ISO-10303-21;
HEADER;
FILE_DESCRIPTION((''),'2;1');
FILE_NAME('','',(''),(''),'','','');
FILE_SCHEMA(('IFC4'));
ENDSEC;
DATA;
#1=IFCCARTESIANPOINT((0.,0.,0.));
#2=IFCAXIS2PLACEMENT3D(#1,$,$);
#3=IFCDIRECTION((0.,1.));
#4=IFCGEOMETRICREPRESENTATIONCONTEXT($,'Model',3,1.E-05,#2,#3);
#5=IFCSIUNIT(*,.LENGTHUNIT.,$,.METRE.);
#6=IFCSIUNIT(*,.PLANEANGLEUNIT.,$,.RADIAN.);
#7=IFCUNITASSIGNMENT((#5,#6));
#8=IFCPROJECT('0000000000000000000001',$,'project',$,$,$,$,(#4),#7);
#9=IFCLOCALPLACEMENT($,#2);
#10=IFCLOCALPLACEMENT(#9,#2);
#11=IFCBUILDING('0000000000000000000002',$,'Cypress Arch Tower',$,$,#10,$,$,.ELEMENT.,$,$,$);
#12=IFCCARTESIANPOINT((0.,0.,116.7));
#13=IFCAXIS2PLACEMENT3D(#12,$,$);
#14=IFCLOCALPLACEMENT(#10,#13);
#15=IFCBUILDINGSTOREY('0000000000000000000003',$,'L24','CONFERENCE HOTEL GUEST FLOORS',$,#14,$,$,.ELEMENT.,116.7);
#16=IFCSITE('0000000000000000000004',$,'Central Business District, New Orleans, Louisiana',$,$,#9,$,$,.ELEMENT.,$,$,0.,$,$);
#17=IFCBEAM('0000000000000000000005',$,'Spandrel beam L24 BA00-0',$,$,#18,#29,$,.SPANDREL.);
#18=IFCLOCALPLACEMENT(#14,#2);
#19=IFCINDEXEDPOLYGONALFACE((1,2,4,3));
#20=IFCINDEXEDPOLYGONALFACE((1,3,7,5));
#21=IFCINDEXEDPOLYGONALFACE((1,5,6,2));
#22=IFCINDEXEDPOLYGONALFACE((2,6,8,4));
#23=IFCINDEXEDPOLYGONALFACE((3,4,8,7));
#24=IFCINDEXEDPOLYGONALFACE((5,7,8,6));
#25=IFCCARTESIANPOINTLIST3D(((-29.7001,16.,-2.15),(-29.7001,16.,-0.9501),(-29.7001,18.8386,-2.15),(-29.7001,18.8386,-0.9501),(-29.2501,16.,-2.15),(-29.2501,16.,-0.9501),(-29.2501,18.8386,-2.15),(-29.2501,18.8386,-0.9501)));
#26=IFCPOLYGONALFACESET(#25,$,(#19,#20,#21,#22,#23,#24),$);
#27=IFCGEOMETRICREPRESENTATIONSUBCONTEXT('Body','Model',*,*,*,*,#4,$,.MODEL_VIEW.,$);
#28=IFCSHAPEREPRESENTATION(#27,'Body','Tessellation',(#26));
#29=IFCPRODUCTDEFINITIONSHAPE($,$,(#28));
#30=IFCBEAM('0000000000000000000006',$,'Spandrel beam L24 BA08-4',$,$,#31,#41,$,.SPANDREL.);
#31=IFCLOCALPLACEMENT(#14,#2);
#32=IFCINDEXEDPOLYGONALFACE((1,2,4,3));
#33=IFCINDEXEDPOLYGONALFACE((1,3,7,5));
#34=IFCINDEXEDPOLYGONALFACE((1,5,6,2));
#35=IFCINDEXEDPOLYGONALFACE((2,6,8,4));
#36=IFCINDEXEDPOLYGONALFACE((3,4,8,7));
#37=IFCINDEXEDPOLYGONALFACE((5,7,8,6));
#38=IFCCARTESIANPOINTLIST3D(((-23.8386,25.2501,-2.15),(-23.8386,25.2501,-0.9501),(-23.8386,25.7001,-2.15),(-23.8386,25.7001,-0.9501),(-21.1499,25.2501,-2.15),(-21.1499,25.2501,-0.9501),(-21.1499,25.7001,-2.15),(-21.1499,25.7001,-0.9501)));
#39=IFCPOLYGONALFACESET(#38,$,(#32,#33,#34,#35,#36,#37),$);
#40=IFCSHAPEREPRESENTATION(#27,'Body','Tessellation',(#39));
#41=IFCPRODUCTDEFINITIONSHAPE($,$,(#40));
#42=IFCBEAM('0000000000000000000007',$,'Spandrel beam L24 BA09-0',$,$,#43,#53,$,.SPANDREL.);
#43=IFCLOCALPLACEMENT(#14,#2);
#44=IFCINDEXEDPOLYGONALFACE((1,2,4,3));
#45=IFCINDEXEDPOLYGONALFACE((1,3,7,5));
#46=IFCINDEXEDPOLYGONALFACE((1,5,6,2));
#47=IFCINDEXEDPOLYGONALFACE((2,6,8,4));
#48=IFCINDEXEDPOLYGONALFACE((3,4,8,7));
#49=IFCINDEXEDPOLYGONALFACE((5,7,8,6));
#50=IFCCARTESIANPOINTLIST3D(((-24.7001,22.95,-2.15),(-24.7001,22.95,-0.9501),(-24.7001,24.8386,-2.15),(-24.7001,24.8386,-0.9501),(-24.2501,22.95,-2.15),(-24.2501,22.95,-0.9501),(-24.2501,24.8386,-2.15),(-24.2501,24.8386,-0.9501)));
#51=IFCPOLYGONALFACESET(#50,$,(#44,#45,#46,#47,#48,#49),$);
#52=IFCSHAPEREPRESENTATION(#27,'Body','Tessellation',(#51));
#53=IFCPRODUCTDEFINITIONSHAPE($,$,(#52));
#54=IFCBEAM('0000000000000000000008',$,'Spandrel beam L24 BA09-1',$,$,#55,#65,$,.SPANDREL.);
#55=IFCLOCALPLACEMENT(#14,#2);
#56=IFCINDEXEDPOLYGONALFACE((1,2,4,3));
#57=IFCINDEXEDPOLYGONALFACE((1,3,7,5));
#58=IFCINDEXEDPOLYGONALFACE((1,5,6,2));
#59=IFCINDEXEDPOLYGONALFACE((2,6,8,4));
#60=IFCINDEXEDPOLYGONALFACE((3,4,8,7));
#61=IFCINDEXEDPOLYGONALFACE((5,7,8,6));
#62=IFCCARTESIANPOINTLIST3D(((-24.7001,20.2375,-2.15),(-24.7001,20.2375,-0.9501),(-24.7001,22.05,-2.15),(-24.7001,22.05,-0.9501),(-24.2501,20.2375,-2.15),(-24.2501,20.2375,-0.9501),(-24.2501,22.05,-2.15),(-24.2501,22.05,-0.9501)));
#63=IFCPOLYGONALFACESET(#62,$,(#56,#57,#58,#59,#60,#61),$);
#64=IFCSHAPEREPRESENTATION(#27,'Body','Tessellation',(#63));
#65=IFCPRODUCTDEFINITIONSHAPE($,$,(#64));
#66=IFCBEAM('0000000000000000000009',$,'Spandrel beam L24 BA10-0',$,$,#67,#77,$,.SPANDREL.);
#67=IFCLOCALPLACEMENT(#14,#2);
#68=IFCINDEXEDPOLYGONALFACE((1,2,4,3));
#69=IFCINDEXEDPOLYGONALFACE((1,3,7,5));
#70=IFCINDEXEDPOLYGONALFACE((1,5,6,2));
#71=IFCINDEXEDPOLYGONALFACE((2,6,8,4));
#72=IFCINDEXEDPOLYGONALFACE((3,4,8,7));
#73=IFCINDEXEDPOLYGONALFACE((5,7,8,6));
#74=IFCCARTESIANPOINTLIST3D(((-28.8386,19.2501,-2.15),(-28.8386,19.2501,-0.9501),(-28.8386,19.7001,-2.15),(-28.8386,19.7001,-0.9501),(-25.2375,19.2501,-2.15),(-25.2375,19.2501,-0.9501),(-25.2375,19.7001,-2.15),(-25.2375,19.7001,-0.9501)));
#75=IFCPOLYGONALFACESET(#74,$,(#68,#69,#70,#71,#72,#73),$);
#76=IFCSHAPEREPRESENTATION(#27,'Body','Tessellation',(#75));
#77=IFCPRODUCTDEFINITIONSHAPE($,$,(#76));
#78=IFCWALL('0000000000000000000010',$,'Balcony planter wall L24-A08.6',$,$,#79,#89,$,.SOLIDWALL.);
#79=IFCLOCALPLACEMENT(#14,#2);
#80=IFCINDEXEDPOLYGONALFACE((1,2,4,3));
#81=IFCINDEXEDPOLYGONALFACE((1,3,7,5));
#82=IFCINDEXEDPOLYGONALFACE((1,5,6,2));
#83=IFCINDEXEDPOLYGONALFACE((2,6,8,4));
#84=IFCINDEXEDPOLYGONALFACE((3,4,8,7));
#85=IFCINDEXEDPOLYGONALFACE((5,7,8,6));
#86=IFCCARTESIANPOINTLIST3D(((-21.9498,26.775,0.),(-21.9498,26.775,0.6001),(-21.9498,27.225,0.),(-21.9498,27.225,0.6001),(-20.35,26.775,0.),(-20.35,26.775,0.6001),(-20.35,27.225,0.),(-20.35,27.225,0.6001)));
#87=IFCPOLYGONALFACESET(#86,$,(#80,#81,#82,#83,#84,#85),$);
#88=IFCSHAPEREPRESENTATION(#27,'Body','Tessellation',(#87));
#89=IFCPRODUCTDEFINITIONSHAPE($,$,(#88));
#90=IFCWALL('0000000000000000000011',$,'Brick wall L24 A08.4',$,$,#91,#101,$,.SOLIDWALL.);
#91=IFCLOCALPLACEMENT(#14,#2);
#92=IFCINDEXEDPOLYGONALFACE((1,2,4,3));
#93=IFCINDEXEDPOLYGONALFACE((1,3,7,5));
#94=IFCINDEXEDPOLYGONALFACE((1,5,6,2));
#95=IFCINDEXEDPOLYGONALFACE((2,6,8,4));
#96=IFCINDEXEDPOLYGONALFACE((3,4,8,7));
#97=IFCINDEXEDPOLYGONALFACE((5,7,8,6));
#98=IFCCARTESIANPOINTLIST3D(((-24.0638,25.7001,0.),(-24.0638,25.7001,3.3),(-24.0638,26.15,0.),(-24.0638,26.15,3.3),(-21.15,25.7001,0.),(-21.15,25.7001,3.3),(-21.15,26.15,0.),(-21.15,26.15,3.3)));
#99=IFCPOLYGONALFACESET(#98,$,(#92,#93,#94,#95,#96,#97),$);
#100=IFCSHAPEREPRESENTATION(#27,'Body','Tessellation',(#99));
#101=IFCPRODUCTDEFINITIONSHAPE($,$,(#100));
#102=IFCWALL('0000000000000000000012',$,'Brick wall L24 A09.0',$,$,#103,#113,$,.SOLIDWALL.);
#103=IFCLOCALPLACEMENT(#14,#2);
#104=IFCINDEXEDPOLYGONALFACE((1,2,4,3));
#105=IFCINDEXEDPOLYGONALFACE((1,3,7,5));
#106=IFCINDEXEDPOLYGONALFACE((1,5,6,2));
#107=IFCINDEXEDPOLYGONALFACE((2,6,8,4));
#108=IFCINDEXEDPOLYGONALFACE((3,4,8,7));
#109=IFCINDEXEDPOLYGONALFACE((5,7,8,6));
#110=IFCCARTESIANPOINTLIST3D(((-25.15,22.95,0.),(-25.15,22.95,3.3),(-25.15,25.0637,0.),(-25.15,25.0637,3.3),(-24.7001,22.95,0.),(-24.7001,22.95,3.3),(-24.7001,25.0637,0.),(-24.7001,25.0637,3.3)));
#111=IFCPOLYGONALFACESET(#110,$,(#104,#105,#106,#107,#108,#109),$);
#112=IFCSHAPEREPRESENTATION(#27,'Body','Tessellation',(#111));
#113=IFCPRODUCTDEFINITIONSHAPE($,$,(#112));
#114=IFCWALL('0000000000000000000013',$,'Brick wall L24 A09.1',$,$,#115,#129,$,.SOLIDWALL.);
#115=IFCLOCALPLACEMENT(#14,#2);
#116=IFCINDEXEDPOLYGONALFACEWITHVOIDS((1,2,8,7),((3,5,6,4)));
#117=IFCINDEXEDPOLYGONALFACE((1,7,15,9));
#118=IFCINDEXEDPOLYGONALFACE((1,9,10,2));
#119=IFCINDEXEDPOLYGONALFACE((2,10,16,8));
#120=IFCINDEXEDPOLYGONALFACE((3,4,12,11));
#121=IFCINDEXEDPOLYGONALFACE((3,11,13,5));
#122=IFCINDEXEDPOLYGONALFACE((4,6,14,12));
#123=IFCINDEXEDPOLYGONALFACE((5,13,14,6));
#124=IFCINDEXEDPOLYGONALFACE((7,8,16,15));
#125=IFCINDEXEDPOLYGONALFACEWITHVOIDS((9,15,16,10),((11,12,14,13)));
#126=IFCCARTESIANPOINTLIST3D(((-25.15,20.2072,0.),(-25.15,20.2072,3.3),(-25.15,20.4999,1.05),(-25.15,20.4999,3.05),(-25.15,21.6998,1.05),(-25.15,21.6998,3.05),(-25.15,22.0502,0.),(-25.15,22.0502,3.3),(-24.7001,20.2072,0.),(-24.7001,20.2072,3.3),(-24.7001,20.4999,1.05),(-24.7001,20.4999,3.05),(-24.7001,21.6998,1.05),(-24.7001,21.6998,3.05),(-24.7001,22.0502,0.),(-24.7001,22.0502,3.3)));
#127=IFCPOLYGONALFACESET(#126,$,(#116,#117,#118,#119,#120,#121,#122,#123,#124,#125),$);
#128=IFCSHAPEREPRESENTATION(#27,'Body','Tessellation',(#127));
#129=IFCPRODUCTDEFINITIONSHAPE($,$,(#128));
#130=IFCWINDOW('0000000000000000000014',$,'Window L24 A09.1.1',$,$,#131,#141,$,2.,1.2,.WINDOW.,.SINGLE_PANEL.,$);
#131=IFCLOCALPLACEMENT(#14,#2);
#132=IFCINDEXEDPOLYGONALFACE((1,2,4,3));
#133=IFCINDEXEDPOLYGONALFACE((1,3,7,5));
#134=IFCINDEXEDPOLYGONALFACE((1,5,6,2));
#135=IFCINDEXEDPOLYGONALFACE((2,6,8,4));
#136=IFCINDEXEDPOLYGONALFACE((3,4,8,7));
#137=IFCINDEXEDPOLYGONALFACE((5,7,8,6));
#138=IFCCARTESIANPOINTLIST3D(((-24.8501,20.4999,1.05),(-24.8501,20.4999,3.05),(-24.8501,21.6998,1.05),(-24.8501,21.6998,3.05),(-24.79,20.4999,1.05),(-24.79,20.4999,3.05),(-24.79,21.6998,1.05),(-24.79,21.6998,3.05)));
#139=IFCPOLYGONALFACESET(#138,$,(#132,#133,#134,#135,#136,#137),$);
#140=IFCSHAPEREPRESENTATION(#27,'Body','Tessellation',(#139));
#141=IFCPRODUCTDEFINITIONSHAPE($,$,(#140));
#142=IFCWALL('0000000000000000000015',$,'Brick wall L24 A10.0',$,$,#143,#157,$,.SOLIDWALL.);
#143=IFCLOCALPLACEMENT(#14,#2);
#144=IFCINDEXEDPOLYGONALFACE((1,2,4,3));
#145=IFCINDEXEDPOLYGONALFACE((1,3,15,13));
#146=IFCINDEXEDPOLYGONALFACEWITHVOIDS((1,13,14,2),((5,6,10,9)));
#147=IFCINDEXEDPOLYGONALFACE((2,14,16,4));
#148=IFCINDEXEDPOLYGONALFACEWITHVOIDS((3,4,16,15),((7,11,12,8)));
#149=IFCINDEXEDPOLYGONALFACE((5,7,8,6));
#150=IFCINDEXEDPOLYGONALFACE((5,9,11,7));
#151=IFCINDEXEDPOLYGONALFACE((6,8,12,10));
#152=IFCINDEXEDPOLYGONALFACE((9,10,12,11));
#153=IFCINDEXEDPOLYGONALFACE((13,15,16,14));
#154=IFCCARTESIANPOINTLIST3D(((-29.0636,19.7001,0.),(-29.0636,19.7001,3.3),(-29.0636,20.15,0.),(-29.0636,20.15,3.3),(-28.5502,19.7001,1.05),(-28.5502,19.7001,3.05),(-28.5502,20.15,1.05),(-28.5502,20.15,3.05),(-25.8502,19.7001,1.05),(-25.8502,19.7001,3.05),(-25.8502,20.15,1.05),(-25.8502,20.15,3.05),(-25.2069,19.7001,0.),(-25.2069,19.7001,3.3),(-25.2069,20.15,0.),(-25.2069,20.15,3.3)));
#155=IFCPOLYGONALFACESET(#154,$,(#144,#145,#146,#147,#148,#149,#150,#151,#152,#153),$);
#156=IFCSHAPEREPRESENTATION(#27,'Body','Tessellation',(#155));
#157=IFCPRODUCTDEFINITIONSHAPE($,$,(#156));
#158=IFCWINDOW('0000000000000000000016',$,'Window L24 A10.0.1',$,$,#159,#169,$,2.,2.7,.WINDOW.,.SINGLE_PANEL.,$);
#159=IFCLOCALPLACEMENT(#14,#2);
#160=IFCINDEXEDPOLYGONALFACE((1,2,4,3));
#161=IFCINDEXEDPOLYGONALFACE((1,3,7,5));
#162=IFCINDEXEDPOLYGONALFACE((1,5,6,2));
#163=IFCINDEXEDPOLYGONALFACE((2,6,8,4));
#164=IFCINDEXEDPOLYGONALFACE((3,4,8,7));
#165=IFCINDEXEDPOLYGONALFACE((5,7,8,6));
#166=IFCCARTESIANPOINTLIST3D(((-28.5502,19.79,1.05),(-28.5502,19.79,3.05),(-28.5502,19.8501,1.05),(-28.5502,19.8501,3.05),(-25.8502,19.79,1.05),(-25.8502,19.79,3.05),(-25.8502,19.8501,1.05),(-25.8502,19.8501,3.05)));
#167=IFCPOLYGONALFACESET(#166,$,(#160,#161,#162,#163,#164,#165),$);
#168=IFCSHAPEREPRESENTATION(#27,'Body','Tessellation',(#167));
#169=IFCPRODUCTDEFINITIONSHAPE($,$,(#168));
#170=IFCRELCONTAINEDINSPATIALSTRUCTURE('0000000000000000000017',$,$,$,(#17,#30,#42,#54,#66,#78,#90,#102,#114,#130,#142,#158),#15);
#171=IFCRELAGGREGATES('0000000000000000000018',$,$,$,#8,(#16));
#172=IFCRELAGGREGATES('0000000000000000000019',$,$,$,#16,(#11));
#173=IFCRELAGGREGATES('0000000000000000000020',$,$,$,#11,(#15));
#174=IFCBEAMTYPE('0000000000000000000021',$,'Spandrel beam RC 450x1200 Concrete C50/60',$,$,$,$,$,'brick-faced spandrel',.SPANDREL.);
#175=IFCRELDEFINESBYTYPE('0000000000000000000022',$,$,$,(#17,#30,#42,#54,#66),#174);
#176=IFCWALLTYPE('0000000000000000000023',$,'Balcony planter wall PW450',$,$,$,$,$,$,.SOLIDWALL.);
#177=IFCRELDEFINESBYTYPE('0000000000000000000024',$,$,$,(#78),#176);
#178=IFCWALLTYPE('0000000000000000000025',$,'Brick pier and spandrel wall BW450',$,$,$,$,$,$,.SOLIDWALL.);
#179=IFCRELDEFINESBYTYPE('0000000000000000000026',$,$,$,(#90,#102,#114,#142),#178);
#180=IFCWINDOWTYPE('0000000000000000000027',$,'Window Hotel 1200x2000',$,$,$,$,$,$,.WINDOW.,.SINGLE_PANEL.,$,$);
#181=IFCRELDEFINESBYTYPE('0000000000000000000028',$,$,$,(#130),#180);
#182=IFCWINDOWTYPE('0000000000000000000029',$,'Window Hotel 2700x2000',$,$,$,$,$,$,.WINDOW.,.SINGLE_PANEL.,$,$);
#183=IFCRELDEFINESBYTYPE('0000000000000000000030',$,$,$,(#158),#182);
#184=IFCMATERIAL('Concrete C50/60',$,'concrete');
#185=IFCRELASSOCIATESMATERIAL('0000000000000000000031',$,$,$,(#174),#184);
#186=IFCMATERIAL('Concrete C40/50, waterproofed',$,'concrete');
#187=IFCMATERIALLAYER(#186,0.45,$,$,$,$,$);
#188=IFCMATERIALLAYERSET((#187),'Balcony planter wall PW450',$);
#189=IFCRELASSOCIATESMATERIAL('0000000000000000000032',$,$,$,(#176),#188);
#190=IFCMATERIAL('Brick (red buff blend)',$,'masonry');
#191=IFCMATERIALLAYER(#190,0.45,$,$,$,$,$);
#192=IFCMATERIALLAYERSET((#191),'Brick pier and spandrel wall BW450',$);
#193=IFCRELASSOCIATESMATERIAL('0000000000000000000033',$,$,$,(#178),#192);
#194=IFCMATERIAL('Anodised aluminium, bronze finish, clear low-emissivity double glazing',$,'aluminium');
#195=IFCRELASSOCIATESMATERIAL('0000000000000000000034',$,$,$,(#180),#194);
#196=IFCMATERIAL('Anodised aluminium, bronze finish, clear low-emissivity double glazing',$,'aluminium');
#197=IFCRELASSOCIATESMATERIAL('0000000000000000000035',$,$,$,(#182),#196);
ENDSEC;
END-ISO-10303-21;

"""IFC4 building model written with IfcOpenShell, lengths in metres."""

from ifc_helpers import new_model, si_unit, direction, frame, frame_2d, origin, origin_2d, place, context, subcontext, project, spatial, rectangle, extrude, material, layer, layer_set, material_profile, profile_set, type_object, element, fill, save


model = new_model("IFC4")

# Units and contexts
model_context = context("Model", 3, precision=1e-05, world=origin(), true_north=direction((0.0, 1.0)))
body_context = subcontext(model_context, "Body", "Model", "MODEL_VIEW")
ifc_project = project(units=[si_unit("LENGTHUNIT", "METRE"), si_unit("PLANEANGLEUNIT", "RADIAN")], contexts=[model_context])

# Site, building, storey
site_placement = place(None, origin())
site = spatial("IfcSite", under=ifc_project, at=site_placement, Name="Central Business District, New Orleans, Louisiana", CompositionType="ELEMENT", RefElevation=0.0)
building_placement = place(site_placement, origin())
building = spatial("IfcBuilding", under=site, at=building_placement, Name="Cypress Arch Tower", CompositionType="ELEMENT")
storey_placement = place(building_placement, frame((0.0, 0.0, 116.7)))
storey = spatial("IfcBuildingStorey", under=building, at=storey_placement, Name="L24", Description="CONFERENCE HOTEL GUEST FLOORS", CompositionType="ELEMENT", Elevation=116.7)

# Beams
ifc_material_1 = material(Name="Concrete C50/60", Category="concrete")
ifc_material_profile_1 = material_profile(ifc_material_1, rectangle(XDim=0.45, YDim=1.2, at=origin_2d()), Name="RC 450x1200")
ifc_profile_set_1 = profile_set([ifc_material_profile_1], Name="Concrete C50/60")
beam_type_1 = type_object("IfcBeamType", Name="Spandrel beam RC 450x1200 Concrete C50/60", ElementType="brick-faced spandrel", PredefinedType="SPANDREL", material=ifc_profile_set_1)
beam_1_placement = place(storey_placement, frame((-29.4751, 18.8386, -1.55), z_axis=(0.0, -1.0, 0.0), x_axis=(1.0, 0.0, 0.0)))
element("IfcBeam", 1, at=beam_1_placement, inside=storey, type_object=beam_type_1, Name="Spandrel beam L24 BA00-0", PredefinedType="SPANDREL", context=body_context, shape_type="SweptSolid", body=[
    extrude(rectangle(XDim=0.45, YDim=1.2, at=origin_2d()), origin(), (0.0, 0.0, 1.0), 2.8386),
])
beam_2_placement = place(storey_placement, frame((-21.1499, 25.4751, -1.55), z_axis=(-1.0, 0.0, 0.0), x_axis=(0.0, -1.0, 0.0)))
element("IfcBeam", 2, at=beam_2_placement, inside=storey, type_object=beam_type_1, Name="Spandrel beam L24 BA08-4", PredefinedType="SPANDREL", context=body_context, shape_type="SweptSolid", body=[
    extrude(rectangle(XDim=0.45, YDim=1.2, at=origin_2d()), origin(), (0.0, 0.0, 1.0), 2.6887),
])
beam_3_placement = place(storey_placement, frame((-24.4751, 24.8386, -1.55), z_axis=(0.0, -1.0, 0.0), x_axis=(1.0, 0.0, 0.0)))
element("IfcBeam", 3, at=beam_3_placement, inside=storey, type_object=beam_type_1, Name="Spandrel beam L24 BA09-0", PredefinedType="SPANDREL", context=body_context, shape_type="SweptSolid", body=[
    extrude(rectangle(XDim=0.45, YDim=1.2, at=origin_2d()), origin(), (0.0, 0.0, 1.0), 1.8887),
])
beam_4_placement = place(storey_placement, frame((-24.4751, 22.05, -1.55), z_axis=(0.0, -1.0, 0.0), x_axis=(1.0, 0.0, 0.0)))
element("IfcBeam", 4, at=beam_4_placement, inside=storey, type_object=beam_type_1, Name="Spandrel beam L24 BA09-1", PredefinedType="SPANDREL", context=body_context, shape_type="SweptSolid", body=[
    extrude(rectangle(XDim=0.45, YDim=1.2, at=origin_2d()), origin(), (0.0, 0.0, 1.0), 1.8125),
])
beam_5_placement = place(storey_placement, frame((-25.2375, 19.4751, -1.55), z_axis=(-1.0, 0.0, 0.0), x_axis=(0.0, -1.0, 0.0)))
element("IfcBeam", 5, at=beam_5_placement, inside=storey, type_object=beam_type_1, Name="Spandrel beam L24 BA10-0", PredefinedType="SPANDREL", context=body_context, shape_type="SweptSolid", body=[
    extrude(rectangle(XDim=0.45, YDim=1.2, at=origin_2d()), origin(), (0.0, 0.0, 1.0), 3.6011),
])

# Wall
ifc_material_2 = material(Name="Concrete C40/50, waterproofed", Category="concrete")
ifc_layer_1 = layer(ifc_material_2, 0.45)
ifc_layer_set_1 = layer_set([ifc_layer_1], Name="Balcony planter wall PW450")
wall_type_1 = type_object("IfcWallType", Name="Balcony planter wall PW450", PredefinedType="SOLIDWALL", material=ifc_layer_set_1)
wall_1_placement = place(storey_placement, frame((-20.3501, 27.0, 0.0), z_axis=(0.0, 0.0, 1.0), x_axis=(-1.0, 0.0, 0.0)))
element("IfcWall", 6, at=wall_1_placement, inside=storey, type_object=wall_type_1, Name="Balcony planter wall L24-A08.6", PredefinedType="SOLIDWALL", context=body_context, shape_type="SweptSolid", body=[
    extrude(rectangle(XDim=1.5999, YDim=0.45, at=frame_2d((0.7998, 0.0))), origin(), (0.0, 0.0, 1.0), 0.6001),
])

# Shared definitions
ifc_material_3 = material(Name="Brick (red buff blend)", Category="masonry")
ifc_layer_2 = layer(ifc_material_3, 0.45)
ifc_layer_set_2 = layer_set([ifc_layer_2], Name="Brick pier and spandrel wall BW450")
wall_type_2 = type_object("IfcWallType", Name="Brick pier and spandrel wall BW450", PredefinedType="SOLIDWALL", material=ifc_layer_set_2)

# Walls
wall_2_placement = place(storey_placement, frame((-21.1499, 25.925, 0.0), z_axis=(0.0, 0.0, 1.0), x_axis=(-1.0, 0.0, 0.0)))
element("IfcWall", 7, at=wall_2_placement, inside=storey, type_object=wall_type_2, Name="Brick wall L24 A08.4", PredefinedType="SOLIDWALL", context=body_context, shape_type="SweptSolid", body=[
    extrude(rectangle(XDim=2.9138, YDim=0.45, at=frame_2d((1.457, 0.0))), origin(), (0.0, 0.0, 1.0), 3.3),
])
wall_3_placement = place(storey_placement, frame((-24.925, 25.0637, 0.0), z_axis=(0.0, 0.0, 1.0), x_axis=(0.0, -1.0, 0.0)))
element("IfcWall", 8, at=wall_3_placement, inside=storey, type_object=wall_type_2, Name="Brick wall L24 A09.0", PredefinedType="SOLIDWALL", context=body_context, shape_type="SweptSolid", body=[
    extrude(rectangle(XDim=2.1138, YDim=0.45, at=frame_2d((1.0569, 0.0))), origin(), (0.0, 0.0, 1.0), 3.3),
])

# Walls, openings, windows
wall_4_placement = place(storey_placement, frame((-24.925, 22.05, 0.0), z_axis=(0.0, 0.0, 1.0), x_axis=(0.0, -1.0, 0.0)))
wall_4 = element("IfcWall", 9, at=wall_4_placement, inside=storey, type_object=wall_type_2, Name="Brick wall L24 A09.1", PredefinedType="SOLIDWALL", context=body_context, shape_type="SweptSolid", body=[
    extrude(rectangle(XDim=1.843, YDim=0.45, at=frame_2d((0.9214, 0.0))), origin(), (0.0, 0.0, 1.0), 3.3),
])
opening_1_placement = place(wall_4_placement, frame((0.3501, 0.0, 1.05)))
opening_1 = element("IfcOpeningElement", 10, at=opening_1_placement, cuts=wall_4, PredefinedType="OPENING", context=body_context, shape_type="SweptSolid", body=[
    extrude(rectangle(XDim=1.2, YDim=2.0, at=frame_2d((0.6001, 1.0))), frame((0.0, 0.2349, 0.0), z_axis=(0.0, -1.0, 0.0), x_axis=(1.0, 0.0, 0.0)), (0.0, 0.0, 1.0), 0.47),
])
ifc_material_4 = material(Name="Anodised aluminium, bronze finish, clear low-emissivity double glazing", Category="aluminium")
window_type_1 = type_object("IfcWindowType", Name="Window Hotel 1200x2000", PartitioningType="SINGLE_PANEL", PredefinedType="WINDOW", material=ifc_material_4)
window_1_placement = place(opening_1_placement, origin())
window_1 = element("IfcWindow", 11, at=window_1_placement, inside=storey, type_object=window_type_1, Name="Window L24 A09.1.1", OverallHeight=2.0, OverallWidth=1.2, PartitioningType="SINGLE_PANEL", PredefinedType="WINDOW", context=body_context, shape_type="SweptSolid", body=[
    extrude(rectangle(XDim=1.2, YDim=2.0, at=frame_2d((0.6001, 1.0))), frame((0.0, 0.135, 0.0), z_axis=(0.0, -1.0, 0.0), x_axis=(1.0, 0.0, 0.0)), (0.0, 0.0, 1.0), 0.0601),
])
fill(opening_1, window_1)
wall_5_placement = place(storey_placement, frame((-25.207, 19.925, 0.0), z_axis=(0.0, 0.0, 1.0), x_axis=(-1.0, 0.0, 0.0)))
wall_5 = element("IfcWall", 12, at=wall_5_placement, inside=storey, type_object=wall_type_2, Name="Brick wall L24 A10.0", PredefinedType="SOLIDWALL", context=body_context, shape_type="SweptSolid", body=[
    extrude(rectangle(XDim=3.8567, YDim=0.45, at=frame_2d((1.9282, 0.0))), origin(), (0.0, 0.0, 1.0), 3.3),
])
opening_2_placement = place(wall_5_placement, frame((0.6431, 0.0, 1.05)))
opening_2 = element("IfcOpeningElement", 13, at=opening_2_placement, cuts=wall_5, PredefinedType="OPENING", context=body_context, shape_type="SweptSolid", body=[
    extrude(rectangle(XDim=2.7, YDim=2.0, at=frame_2d((1.3501, 1.0))), frame((0.0, 0.2349, 0.0), z_axis=(0.0, -1.0, 0.0), x_axis=(1.0, 0.0, 0.0)), (0.0, 0.0, 1.0), 0.47),
])
ifc_material_5 = material(Name="Anodised aluminium, bronze finish, clear low-emissivity double glazing", Category="aluminium")
window_type_2 = type_object("IfcWindowType", Name="Window Hotel 2700x2000", PartitioningType="SINGLE_PANEL", PredefinedType="WINDOW", material=ifc_material_5)
window_2_placement = place(opening_2_placement, origin())
window_2 = element("IfcWindow", 14, at=window_2_placement, inside=storey, type_object=window_type_2, Name="Window L24 A10.0.1", OverallHeight=2.0, OverallWidth=2.7, PartitioningType="SINGLE_PANEL", PredefinedType="WINDOW", context=body_context, shape_type="SweptSolid", body=[
    extrude(rectangle(XDim=2.7, YDim=2.0, at=frame_2d((1.3501, 1.0))), frame((0.0, 0.135, 0.0), z_axis=(0.0, -1.0, 0.0), x_axis=(1.0, 0.0, 0.0)), (0.0, 0.0, 1.0), 0.0601),
])
fill(opening_2, window_2)

save(model, "model.ifc")
